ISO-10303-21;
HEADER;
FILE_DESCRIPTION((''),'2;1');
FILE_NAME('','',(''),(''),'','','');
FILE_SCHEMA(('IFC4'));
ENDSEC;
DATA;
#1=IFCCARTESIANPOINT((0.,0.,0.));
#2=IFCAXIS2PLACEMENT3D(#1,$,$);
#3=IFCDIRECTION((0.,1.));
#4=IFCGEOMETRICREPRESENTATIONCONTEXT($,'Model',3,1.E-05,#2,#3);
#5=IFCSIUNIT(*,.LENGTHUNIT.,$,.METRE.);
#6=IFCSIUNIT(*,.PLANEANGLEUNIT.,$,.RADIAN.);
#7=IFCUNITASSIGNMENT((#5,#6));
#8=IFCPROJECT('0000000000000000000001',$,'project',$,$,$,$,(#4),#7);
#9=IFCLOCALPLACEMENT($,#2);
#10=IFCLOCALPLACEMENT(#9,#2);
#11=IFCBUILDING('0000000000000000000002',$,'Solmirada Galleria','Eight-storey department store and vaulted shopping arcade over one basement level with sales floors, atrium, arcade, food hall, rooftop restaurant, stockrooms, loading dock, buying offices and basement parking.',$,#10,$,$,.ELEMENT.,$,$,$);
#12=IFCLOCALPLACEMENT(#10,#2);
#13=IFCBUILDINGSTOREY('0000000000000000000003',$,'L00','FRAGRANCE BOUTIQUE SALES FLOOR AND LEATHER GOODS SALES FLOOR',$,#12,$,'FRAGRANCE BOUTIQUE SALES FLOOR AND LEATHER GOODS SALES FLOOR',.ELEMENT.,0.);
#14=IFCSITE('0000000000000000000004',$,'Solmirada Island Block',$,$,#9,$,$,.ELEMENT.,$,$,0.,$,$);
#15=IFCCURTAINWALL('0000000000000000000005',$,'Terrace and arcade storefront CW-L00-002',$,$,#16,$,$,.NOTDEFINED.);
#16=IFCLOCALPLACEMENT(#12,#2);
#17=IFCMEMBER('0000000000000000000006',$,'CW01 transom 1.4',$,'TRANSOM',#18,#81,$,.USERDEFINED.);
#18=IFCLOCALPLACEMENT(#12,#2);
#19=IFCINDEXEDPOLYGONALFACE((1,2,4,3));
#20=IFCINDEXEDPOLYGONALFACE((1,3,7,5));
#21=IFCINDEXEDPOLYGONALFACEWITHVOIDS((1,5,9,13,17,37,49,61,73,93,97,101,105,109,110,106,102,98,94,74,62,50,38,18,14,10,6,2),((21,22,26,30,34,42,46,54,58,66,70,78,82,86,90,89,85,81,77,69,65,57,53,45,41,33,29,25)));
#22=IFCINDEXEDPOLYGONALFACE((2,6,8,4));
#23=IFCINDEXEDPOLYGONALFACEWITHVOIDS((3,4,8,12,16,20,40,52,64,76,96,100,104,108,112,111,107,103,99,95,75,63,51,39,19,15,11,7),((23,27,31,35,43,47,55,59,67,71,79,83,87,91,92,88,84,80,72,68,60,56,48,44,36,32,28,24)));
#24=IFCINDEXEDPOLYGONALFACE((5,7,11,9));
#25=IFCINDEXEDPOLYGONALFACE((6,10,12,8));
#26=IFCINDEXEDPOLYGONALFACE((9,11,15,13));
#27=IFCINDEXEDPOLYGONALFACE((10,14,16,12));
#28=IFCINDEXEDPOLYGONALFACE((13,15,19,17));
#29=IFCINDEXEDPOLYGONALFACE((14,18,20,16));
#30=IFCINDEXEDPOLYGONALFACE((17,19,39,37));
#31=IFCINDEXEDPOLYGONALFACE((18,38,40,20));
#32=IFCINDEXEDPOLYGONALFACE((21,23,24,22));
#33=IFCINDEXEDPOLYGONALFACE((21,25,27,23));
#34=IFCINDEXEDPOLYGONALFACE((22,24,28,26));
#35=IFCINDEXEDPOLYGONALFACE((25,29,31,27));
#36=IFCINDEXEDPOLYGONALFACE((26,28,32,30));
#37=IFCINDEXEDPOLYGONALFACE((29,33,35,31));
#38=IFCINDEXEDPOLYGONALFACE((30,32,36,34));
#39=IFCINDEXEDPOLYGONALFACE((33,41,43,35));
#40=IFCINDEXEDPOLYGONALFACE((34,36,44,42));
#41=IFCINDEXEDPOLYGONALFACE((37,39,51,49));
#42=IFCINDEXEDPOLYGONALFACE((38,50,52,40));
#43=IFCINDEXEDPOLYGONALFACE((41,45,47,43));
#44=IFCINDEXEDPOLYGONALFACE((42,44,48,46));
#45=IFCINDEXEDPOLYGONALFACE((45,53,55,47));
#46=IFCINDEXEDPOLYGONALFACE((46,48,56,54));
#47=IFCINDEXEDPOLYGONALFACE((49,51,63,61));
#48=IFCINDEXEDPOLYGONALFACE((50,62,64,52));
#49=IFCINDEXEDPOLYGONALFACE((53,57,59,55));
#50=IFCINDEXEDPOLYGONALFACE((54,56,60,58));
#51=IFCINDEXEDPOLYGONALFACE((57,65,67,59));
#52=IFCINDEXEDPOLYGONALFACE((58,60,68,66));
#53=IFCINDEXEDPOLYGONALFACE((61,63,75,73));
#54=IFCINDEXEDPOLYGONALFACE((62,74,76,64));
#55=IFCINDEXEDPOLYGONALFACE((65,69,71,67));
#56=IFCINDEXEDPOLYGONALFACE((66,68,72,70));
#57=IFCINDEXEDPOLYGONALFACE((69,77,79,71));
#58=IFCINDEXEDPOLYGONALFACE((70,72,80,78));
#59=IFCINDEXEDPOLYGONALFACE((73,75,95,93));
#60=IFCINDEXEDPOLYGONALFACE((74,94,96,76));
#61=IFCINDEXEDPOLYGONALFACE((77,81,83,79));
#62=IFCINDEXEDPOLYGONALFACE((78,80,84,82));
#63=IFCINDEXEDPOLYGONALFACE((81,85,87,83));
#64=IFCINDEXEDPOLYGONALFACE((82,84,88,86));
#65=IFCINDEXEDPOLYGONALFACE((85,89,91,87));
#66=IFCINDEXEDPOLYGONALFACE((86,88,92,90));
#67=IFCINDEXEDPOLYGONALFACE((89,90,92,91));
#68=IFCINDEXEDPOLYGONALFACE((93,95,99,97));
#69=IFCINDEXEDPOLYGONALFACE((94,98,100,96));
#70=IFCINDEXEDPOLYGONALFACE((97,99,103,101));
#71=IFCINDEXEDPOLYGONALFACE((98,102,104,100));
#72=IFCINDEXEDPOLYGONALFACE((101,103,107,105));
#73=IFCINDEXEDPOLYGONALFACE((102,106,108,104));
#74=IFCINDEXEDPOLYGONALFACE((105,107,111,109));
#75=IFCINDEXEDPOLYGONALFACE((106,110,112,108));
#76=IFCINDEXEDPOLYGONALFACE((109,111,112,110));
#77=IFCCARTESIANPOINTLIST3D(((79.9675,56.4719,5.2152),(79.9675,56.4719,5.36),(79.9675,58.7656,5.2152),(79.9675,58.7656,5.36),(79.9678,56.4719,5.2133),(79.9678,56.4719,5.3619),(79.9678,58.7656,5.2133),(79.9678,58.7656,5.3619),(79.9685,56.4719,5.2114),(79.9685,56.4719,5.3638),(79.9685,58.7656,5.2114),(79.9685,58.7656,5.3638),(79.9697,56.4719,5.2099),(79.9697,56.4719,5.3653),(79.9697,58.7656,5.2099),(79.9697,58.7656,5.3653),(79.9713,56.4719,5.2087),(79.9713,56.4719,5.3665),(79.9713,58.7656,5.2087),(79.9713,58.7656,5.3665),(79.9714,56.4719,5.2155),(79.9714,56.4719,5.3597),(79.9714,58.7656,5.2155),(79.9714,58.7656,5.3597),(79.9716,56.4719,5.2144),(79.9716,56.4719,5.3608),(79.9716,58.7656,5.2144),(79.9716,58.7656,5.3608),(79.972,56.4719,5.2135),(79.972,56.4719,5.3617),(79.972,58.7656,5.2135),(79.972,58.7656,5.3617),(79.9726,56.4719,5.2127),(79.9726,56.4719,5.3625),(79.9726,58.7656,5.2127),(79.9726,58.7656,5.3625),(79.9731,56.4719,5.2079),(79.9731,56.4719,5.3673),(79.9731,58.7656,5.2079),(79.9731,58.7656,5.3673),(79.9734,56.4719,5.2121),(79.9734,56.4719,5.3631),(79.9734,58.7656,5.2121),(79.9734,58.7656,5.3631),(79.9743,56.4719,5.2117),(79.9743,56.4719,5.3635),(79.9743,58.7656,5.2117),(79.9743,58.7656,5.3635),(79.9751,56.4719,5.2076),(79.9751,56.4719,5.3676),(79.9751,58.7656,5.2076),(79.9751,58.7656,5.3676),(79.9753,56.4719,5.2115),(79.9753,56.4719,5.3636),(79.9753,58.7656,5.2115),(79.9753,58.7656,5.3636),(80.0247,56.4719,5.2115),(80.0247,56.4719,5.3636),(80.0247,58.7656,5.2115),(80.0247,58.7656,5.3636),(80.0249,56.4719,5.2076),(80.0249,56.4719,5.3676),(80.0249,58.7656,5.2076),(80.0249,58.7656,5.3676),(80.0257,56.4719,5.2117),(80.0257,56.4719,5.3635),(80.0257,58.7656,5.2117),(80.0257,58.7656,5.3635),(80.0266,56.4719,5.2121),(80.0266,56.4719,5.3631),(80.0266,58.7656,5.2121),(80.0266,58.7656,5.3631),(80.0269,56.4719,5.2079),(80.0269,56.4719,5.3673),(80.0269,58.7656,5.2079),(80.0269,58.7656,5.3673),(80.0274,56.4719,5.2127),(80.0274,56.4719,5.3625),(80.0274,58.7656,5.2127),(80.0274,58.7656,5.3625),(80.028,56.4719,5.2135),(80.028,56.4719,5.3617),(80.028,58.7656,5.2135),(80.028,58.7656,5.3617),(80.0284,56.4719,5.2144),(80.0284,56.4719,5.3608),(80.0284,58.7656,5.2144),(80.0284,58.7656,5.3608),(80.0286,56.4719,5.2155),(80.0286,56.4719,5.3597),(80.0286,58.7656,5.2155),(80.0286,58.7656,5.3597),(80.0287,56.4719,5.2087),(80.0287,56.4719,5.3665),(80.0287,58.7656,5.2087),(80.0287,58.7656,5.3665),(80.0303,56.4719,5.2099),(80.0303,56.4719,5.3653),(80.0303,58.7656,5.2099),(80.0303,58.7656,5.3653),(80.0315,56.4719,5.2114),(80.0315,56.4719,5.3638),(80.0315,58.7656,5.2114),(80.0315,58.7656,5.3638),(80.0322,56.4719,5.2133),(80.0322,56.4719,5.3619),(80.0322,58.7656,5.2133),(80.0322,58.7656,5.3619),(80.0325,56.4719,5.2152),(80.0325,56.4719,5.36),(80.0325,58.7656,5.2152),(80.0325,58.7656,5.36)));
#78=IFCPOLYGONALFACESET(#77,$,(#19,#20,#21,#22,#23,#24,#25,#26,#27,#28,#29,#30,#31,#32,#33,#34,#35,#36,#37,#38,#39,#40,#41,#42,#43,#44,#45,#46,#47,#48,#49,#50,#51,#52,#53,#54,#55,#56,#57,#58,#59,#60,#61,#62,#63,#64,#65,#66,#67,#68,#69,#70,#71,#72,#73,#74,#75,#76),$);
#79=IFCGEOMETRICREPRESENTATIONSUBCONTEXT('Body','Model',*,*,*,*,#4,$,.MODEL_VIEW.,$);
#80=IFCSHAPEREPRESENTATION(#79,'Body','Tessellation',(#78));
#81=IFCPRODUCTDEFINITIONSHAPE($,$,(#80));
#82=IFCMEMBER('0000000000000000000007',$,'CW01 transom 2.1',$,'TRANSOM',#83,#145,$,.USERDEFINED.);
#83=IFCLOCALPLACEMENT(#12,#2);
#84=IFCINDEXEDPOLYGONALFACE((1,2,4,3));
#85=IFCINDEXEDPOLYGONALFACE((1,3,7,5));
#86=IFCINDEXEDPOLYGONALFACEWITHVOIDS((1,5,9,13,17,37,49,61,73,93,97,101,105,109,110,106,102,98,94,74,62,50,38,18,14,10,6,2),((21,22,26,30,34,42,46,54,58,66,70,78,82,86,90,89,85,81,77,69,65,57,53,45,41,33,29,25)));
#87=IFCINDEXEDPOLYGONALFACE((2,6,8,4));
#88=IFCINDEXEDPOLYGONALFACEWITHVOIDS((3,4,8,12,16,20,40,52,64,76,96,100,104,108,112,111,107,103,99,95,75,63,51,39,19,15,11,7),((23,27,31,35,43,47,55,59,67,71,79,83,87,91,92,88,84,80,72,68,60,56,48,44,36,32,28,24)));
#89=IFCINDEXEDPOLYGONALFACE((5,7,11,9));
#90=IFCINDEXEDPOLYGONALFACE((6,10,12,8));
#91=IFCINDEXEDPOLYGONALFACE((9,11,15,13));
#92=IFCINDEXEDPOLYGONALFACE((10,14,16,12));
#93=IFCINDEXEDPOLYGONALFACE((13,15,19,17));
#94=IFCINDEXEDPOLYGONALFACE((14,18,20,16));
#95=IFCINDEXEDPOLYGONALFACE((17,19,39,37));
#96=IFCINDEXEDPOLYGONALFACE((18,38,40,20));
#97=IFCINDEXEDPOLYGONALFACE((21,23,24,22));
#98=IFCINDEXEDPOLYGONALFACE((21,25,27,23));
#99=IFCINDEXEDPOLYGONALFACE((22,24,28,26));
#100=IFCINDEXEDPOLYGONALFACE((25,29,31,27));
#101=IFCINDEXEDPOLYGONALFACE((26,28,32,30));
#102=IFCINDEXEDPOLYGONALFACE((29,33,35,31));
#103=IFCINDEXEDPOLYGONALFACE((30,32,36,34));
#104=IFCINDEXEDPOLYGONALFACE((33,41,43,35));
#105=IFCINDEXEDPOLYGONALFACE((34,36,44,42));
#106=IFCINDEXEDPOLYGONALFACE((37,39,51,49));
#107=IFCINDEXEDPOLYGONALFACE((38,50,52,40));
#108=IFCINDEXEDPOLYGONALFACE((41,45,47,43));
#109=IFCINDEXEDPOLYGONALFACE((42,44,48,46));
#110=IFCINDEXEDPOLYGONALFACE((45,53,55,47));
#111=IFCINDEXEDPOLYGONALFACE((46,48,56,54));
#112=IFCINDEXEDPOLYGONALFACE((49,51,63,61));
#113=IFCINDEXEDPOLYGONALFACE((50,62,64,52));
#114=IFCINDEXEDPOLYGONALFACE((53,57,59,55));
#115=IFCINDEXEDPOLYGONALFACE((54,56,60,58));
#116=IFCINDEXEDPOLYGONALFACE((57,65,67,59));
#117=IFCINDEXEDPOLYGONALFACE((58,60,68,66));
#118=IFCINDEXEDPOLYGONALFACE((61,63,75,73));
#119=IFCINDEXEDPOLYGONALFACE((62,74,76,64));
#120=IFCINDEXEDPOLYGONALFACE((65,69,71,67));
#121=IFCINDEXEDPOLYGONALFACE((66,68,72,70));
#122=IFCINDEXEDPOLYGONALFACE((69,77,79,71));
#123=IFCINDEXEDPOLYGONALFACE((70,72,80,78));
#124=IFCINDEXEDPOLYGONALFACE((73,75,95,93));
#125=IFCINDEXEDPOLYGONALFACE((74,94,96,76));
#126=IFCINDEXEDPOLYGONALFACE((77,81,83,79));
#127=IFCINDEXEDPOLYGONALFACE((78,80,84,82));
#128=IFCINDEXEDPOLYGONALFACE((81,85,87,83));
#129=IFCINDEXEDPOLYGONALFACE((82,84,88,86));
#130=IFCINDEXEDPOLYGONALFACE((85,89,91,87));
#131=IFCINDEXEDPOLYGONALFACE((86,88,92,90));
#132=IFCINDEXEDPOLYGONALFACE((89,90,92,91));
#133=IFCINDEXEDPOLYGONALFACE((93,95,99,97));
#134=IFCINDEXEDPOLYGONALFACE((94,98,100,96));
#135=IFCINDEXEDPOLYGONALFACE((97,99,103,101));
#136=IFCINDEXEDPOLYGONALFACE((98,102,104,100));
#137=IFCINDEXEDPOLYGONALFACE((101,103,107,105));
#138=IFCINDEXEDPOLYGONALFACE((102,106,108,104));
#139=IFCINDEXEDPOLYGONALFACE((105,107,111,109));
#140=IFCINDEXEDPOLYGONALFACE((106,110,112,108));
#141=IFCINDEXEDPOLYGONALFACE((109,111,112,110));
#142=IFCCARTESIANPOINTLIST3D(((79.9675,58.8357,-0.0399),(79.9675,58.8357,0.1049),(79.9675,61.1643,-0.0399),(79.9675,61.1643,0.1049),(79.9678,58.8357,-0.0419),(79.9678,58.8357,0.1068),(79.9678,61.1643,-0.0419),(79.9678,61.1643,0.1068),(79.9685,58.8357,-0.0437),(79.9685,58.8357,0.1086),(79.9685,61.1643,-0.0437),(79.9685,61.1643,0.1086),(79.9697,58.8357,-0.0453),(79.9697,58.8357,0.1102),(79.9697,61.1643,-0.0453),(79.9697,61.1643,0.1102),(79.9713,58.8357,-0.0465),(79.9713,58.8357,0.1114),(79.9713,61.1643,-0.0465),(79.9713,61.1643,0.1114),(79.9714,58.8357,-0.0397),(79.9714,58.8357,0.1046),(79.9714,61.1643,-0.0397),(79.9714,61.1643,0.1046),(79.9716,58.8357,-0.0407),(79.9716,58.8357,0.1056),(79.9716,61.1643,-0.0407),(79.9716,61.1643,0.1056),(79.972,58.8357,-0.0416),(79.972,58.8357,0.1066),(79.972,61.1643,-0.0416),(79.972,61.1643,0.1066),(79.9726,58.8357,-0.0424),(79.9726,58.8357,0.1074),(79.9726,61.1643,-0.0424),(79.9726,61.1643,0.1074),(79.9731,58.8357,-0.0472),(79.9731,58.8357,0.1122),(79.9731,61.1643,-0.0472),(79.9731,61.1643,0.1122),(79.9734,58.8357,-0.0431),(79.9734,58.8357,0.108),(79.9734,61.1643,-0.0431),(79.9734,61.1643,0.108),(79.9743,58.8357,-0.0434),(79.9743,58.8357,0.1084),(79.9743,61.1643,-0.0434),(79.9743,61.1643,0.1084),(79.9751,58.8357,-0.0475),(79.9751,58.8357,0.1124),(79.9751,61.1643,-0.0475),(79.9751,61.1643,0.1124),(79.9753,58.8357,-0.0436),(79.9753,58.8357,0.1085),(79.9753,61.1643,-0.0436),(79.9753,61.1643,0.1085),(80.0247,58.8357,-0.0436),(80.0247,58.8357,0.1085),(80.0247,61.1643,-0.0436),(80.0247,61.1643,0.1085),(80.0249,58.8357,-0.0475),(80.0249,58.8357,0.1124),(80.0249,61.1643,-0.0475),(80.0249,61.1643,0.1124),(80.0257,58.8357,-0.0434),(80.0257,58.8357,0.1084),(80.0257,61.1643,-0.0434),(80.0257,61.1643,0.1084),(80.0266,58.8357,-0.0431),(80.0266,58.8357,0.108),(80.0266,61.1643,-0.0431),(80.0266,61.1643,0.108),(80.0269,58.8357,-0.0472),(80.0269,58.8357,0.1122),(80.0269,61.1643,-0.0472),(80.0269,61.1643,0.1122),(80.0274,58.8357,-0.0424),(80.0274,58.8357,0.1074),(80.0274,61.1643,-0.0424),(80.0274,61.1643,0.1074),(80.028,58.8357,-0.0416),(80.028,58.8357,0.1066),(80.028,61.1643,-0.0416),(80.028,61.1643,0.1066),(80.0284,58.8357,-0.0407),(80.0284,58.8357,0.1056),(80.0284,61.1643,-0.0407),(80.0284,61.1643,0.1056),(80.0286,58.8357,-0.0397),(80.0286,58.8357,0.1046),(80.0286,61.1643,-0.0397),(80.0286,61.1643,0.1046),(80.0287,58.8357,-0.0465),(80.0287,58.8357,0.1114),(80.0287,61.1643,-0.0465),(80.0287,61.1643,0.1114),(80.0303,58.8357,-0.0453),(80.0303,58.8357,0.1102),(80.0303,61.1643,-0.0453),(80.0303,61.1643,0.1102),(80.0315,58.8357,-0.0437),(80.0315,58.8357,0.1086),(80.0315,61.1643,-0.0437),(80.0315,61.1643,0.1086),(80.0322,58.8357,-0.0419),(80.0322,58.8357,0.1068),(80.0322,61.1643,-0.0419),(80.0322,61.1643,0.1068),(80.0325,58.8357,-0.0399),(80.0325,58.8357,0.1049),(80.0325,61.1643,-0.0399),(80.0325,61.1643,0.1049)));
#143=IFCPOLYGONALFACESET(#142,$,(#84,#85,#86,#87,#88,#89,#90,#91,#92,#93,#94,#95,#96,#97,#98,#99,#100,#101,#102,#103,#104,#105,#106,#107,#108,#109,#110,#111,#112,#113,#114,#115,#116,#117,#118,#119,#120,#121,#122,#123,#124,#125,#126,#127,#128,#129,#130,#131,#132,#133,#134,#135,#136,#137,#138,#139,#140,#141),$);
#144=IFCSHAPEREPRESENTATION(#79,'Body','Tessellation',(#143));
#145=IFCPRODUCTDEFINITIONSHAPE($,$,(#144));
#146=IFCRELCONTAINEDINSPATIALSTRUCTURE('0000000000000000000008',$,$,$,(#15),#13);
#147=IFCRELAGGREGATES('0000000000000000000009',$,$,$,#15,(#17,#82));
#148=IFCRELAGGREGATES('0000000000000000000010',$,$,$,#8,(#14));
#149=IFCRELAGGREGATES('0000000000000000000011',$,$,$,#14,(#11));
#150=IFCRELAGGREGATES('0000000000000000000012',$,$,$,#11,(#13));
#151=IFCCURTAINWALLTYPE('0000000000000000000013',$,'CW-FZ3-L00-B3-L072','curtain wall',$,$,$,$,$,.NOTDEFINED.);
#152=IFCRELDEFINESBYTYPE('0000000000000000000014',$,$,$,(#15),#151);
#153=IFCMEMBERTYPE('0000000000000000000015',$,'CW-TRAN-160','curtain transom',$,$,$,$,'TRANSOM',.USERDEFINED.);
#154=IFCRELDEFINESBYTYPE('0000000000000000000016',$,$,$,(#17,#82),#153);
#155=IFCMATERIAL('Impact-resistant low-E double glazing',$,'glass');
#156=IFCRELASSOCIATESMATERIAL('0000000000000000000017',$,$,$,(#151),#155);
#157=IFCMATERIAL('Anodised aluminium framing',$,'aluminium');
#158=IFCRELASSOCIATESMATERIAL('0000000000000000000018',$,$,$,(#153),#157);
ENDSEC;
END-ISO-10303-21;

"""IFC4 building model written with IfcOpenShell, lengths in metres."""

from ifc_helpers import new_model, si_unit, direction, frame, origin, origin_2d, place, context, subcontext, project, spatial, hollow_rectangle, extrude, material, material_profile, profile_set, type_object, element, aggregate, save


model = new_model("IFC4")

# Units and contexts
model_context = context("Model", 3, precision=1e-05, world=origin(), true_north=direction((0.0, 1.0)))
body_context = subcontext(model_context, "Body", "Model", "MODEL_VIEW")
ifc_project = project(units=[si_unit("LENGTHUNIT", "METRE"), si_unit("PLANEANGLEUNIT", "RADIAN")], contexts=[model_context])

# Site, building, storey
site_placement = place(None, origin())
site = spatial("IfcSite", under=ifc_project, at=site_placement, Name="Solmirada Island Block", CompositionType="ELEMENT", RefElevation=0.0)
building_placement = place(site_placement, origin())
building = spatial("IfcBuilding", under=site, at=building_placement, Name="Solmirada Galleria", Description="Eight-storey department store and vaulted shopping arcade over one basement level with sales floors, atrium, arcade, food hall, rooftop restaurant, stockrooms, loading dock, buying offices and basement parking.", CompositionType="ELEMENT")
storey_placement = place(building_placement, origin())
storey = spatial("IfcBuildingStorey", under=building, at=storey_placement, Name="L00", Description="FRAGRANCE BOUTIQUE SALES FLOOR AND LEATHER GOODS SALES FLOOR", LongName="FRAGRANCE BOUTIQUE SALES FLOOR AND LEATHER GOODS SALES FLOOR", CompositionType="ELEMENT", Elevation=0.0)

# Curtain wall
ifc_material_1 = material(Name="Impact-resistant low-E double glazing", Category="glass")
curtain_wall_type = type_object("IfcCurtainWallType", Name="CW-FZ3-L00-B3-L072", Description="curtain wall", PredefinedType="NOTDEFINED", material=ifc_material_1)
ifc_material_2 = material(Name="Anodised aluminium framing", Category="aluminium")
curtain_wall_1_placement = place(storey_placement, origin())
curtain_wall_1 = element("IfcCurtainWall", 1, at=curtain_wall_1_placement, inside=storey, type_object=curtain_wall_type, Name="Terrace and arcade storefront CW-L00-002", PredefinedType="NOTDEFINED")

# Members
ifc_material_profile_1 = material_profile(ifc_material_2, hollow_rectangle(XDim=0.0649, YDim=0.1599, WallThickness=0.0039, InnerFilletRadius=0.0039, OuterFilletRadius=0.0076, at=origin_2d()), Name="ALU-TRAN-160X65")
ifc_profile_set_1 = profile_set([ifc_material_profile_1], Name="Anodised aluminium framing")
member_type_1 = type_object("IfcMemberType", Name="CW-TRAN-160", Description="curtain transom", ElementType="TRANSOM", PredefinedType="USERDEFINED", material=ifc_profile_set_1)
member_1_placement = place(storey_placement, frame((80.0, 56.4719, 5.2876), z_axis=(0.0, 1.0, 0.0), x_axis=(-1.0, 0.0, 0.0)))
member_1 = element("IfcMember", 2, at=member_1_placement, type_object=member_type_1, Name="CW01 transom 1.4", ObjectType="TRANSOM", PredefinedType="USERDEFINED", context=body_context, shape_type="SweptSolid", body=[
    extrude(hollow_rectangle(XDim=0.0649, YDim=0.1599, WallThickness=0.0039, InnerFilletRadius=0.0039, OuterFilletRadius=0.0076, at=origin_2d()), origin(), (0.0, 0.0, 1.0), 2.2937),
])
member_2_placement = place(storey_placement, frame((80.0, 58.8357, 0.0325), z_axis=(0.0, 1.0, 0.0), x_axis=(-1.0, 0.0, 0.0)))
member_2 = element("IfcMember", 3, at=member_2_placement, type_object=member_type_1, Name="CW01 transom 2.1", ObjectType="TRANSOM", PredefinedType="USERDEFINED", context=body_context, shape_type="SweptSolid", body=[
    extrude(hollow_rectangle(XDim=0.0649, YDim=0.1599, WallThickness=0.0039, InnerFilletRadius=0.0039, OuterFilletRadius=0.0076, at=origin_2d()), origin(), (0.0, 0.0, 1.0), 2.3286),
])

aggregate(curtain_wall_1, [member_1, member_2])

save(model, "model.ifc")
